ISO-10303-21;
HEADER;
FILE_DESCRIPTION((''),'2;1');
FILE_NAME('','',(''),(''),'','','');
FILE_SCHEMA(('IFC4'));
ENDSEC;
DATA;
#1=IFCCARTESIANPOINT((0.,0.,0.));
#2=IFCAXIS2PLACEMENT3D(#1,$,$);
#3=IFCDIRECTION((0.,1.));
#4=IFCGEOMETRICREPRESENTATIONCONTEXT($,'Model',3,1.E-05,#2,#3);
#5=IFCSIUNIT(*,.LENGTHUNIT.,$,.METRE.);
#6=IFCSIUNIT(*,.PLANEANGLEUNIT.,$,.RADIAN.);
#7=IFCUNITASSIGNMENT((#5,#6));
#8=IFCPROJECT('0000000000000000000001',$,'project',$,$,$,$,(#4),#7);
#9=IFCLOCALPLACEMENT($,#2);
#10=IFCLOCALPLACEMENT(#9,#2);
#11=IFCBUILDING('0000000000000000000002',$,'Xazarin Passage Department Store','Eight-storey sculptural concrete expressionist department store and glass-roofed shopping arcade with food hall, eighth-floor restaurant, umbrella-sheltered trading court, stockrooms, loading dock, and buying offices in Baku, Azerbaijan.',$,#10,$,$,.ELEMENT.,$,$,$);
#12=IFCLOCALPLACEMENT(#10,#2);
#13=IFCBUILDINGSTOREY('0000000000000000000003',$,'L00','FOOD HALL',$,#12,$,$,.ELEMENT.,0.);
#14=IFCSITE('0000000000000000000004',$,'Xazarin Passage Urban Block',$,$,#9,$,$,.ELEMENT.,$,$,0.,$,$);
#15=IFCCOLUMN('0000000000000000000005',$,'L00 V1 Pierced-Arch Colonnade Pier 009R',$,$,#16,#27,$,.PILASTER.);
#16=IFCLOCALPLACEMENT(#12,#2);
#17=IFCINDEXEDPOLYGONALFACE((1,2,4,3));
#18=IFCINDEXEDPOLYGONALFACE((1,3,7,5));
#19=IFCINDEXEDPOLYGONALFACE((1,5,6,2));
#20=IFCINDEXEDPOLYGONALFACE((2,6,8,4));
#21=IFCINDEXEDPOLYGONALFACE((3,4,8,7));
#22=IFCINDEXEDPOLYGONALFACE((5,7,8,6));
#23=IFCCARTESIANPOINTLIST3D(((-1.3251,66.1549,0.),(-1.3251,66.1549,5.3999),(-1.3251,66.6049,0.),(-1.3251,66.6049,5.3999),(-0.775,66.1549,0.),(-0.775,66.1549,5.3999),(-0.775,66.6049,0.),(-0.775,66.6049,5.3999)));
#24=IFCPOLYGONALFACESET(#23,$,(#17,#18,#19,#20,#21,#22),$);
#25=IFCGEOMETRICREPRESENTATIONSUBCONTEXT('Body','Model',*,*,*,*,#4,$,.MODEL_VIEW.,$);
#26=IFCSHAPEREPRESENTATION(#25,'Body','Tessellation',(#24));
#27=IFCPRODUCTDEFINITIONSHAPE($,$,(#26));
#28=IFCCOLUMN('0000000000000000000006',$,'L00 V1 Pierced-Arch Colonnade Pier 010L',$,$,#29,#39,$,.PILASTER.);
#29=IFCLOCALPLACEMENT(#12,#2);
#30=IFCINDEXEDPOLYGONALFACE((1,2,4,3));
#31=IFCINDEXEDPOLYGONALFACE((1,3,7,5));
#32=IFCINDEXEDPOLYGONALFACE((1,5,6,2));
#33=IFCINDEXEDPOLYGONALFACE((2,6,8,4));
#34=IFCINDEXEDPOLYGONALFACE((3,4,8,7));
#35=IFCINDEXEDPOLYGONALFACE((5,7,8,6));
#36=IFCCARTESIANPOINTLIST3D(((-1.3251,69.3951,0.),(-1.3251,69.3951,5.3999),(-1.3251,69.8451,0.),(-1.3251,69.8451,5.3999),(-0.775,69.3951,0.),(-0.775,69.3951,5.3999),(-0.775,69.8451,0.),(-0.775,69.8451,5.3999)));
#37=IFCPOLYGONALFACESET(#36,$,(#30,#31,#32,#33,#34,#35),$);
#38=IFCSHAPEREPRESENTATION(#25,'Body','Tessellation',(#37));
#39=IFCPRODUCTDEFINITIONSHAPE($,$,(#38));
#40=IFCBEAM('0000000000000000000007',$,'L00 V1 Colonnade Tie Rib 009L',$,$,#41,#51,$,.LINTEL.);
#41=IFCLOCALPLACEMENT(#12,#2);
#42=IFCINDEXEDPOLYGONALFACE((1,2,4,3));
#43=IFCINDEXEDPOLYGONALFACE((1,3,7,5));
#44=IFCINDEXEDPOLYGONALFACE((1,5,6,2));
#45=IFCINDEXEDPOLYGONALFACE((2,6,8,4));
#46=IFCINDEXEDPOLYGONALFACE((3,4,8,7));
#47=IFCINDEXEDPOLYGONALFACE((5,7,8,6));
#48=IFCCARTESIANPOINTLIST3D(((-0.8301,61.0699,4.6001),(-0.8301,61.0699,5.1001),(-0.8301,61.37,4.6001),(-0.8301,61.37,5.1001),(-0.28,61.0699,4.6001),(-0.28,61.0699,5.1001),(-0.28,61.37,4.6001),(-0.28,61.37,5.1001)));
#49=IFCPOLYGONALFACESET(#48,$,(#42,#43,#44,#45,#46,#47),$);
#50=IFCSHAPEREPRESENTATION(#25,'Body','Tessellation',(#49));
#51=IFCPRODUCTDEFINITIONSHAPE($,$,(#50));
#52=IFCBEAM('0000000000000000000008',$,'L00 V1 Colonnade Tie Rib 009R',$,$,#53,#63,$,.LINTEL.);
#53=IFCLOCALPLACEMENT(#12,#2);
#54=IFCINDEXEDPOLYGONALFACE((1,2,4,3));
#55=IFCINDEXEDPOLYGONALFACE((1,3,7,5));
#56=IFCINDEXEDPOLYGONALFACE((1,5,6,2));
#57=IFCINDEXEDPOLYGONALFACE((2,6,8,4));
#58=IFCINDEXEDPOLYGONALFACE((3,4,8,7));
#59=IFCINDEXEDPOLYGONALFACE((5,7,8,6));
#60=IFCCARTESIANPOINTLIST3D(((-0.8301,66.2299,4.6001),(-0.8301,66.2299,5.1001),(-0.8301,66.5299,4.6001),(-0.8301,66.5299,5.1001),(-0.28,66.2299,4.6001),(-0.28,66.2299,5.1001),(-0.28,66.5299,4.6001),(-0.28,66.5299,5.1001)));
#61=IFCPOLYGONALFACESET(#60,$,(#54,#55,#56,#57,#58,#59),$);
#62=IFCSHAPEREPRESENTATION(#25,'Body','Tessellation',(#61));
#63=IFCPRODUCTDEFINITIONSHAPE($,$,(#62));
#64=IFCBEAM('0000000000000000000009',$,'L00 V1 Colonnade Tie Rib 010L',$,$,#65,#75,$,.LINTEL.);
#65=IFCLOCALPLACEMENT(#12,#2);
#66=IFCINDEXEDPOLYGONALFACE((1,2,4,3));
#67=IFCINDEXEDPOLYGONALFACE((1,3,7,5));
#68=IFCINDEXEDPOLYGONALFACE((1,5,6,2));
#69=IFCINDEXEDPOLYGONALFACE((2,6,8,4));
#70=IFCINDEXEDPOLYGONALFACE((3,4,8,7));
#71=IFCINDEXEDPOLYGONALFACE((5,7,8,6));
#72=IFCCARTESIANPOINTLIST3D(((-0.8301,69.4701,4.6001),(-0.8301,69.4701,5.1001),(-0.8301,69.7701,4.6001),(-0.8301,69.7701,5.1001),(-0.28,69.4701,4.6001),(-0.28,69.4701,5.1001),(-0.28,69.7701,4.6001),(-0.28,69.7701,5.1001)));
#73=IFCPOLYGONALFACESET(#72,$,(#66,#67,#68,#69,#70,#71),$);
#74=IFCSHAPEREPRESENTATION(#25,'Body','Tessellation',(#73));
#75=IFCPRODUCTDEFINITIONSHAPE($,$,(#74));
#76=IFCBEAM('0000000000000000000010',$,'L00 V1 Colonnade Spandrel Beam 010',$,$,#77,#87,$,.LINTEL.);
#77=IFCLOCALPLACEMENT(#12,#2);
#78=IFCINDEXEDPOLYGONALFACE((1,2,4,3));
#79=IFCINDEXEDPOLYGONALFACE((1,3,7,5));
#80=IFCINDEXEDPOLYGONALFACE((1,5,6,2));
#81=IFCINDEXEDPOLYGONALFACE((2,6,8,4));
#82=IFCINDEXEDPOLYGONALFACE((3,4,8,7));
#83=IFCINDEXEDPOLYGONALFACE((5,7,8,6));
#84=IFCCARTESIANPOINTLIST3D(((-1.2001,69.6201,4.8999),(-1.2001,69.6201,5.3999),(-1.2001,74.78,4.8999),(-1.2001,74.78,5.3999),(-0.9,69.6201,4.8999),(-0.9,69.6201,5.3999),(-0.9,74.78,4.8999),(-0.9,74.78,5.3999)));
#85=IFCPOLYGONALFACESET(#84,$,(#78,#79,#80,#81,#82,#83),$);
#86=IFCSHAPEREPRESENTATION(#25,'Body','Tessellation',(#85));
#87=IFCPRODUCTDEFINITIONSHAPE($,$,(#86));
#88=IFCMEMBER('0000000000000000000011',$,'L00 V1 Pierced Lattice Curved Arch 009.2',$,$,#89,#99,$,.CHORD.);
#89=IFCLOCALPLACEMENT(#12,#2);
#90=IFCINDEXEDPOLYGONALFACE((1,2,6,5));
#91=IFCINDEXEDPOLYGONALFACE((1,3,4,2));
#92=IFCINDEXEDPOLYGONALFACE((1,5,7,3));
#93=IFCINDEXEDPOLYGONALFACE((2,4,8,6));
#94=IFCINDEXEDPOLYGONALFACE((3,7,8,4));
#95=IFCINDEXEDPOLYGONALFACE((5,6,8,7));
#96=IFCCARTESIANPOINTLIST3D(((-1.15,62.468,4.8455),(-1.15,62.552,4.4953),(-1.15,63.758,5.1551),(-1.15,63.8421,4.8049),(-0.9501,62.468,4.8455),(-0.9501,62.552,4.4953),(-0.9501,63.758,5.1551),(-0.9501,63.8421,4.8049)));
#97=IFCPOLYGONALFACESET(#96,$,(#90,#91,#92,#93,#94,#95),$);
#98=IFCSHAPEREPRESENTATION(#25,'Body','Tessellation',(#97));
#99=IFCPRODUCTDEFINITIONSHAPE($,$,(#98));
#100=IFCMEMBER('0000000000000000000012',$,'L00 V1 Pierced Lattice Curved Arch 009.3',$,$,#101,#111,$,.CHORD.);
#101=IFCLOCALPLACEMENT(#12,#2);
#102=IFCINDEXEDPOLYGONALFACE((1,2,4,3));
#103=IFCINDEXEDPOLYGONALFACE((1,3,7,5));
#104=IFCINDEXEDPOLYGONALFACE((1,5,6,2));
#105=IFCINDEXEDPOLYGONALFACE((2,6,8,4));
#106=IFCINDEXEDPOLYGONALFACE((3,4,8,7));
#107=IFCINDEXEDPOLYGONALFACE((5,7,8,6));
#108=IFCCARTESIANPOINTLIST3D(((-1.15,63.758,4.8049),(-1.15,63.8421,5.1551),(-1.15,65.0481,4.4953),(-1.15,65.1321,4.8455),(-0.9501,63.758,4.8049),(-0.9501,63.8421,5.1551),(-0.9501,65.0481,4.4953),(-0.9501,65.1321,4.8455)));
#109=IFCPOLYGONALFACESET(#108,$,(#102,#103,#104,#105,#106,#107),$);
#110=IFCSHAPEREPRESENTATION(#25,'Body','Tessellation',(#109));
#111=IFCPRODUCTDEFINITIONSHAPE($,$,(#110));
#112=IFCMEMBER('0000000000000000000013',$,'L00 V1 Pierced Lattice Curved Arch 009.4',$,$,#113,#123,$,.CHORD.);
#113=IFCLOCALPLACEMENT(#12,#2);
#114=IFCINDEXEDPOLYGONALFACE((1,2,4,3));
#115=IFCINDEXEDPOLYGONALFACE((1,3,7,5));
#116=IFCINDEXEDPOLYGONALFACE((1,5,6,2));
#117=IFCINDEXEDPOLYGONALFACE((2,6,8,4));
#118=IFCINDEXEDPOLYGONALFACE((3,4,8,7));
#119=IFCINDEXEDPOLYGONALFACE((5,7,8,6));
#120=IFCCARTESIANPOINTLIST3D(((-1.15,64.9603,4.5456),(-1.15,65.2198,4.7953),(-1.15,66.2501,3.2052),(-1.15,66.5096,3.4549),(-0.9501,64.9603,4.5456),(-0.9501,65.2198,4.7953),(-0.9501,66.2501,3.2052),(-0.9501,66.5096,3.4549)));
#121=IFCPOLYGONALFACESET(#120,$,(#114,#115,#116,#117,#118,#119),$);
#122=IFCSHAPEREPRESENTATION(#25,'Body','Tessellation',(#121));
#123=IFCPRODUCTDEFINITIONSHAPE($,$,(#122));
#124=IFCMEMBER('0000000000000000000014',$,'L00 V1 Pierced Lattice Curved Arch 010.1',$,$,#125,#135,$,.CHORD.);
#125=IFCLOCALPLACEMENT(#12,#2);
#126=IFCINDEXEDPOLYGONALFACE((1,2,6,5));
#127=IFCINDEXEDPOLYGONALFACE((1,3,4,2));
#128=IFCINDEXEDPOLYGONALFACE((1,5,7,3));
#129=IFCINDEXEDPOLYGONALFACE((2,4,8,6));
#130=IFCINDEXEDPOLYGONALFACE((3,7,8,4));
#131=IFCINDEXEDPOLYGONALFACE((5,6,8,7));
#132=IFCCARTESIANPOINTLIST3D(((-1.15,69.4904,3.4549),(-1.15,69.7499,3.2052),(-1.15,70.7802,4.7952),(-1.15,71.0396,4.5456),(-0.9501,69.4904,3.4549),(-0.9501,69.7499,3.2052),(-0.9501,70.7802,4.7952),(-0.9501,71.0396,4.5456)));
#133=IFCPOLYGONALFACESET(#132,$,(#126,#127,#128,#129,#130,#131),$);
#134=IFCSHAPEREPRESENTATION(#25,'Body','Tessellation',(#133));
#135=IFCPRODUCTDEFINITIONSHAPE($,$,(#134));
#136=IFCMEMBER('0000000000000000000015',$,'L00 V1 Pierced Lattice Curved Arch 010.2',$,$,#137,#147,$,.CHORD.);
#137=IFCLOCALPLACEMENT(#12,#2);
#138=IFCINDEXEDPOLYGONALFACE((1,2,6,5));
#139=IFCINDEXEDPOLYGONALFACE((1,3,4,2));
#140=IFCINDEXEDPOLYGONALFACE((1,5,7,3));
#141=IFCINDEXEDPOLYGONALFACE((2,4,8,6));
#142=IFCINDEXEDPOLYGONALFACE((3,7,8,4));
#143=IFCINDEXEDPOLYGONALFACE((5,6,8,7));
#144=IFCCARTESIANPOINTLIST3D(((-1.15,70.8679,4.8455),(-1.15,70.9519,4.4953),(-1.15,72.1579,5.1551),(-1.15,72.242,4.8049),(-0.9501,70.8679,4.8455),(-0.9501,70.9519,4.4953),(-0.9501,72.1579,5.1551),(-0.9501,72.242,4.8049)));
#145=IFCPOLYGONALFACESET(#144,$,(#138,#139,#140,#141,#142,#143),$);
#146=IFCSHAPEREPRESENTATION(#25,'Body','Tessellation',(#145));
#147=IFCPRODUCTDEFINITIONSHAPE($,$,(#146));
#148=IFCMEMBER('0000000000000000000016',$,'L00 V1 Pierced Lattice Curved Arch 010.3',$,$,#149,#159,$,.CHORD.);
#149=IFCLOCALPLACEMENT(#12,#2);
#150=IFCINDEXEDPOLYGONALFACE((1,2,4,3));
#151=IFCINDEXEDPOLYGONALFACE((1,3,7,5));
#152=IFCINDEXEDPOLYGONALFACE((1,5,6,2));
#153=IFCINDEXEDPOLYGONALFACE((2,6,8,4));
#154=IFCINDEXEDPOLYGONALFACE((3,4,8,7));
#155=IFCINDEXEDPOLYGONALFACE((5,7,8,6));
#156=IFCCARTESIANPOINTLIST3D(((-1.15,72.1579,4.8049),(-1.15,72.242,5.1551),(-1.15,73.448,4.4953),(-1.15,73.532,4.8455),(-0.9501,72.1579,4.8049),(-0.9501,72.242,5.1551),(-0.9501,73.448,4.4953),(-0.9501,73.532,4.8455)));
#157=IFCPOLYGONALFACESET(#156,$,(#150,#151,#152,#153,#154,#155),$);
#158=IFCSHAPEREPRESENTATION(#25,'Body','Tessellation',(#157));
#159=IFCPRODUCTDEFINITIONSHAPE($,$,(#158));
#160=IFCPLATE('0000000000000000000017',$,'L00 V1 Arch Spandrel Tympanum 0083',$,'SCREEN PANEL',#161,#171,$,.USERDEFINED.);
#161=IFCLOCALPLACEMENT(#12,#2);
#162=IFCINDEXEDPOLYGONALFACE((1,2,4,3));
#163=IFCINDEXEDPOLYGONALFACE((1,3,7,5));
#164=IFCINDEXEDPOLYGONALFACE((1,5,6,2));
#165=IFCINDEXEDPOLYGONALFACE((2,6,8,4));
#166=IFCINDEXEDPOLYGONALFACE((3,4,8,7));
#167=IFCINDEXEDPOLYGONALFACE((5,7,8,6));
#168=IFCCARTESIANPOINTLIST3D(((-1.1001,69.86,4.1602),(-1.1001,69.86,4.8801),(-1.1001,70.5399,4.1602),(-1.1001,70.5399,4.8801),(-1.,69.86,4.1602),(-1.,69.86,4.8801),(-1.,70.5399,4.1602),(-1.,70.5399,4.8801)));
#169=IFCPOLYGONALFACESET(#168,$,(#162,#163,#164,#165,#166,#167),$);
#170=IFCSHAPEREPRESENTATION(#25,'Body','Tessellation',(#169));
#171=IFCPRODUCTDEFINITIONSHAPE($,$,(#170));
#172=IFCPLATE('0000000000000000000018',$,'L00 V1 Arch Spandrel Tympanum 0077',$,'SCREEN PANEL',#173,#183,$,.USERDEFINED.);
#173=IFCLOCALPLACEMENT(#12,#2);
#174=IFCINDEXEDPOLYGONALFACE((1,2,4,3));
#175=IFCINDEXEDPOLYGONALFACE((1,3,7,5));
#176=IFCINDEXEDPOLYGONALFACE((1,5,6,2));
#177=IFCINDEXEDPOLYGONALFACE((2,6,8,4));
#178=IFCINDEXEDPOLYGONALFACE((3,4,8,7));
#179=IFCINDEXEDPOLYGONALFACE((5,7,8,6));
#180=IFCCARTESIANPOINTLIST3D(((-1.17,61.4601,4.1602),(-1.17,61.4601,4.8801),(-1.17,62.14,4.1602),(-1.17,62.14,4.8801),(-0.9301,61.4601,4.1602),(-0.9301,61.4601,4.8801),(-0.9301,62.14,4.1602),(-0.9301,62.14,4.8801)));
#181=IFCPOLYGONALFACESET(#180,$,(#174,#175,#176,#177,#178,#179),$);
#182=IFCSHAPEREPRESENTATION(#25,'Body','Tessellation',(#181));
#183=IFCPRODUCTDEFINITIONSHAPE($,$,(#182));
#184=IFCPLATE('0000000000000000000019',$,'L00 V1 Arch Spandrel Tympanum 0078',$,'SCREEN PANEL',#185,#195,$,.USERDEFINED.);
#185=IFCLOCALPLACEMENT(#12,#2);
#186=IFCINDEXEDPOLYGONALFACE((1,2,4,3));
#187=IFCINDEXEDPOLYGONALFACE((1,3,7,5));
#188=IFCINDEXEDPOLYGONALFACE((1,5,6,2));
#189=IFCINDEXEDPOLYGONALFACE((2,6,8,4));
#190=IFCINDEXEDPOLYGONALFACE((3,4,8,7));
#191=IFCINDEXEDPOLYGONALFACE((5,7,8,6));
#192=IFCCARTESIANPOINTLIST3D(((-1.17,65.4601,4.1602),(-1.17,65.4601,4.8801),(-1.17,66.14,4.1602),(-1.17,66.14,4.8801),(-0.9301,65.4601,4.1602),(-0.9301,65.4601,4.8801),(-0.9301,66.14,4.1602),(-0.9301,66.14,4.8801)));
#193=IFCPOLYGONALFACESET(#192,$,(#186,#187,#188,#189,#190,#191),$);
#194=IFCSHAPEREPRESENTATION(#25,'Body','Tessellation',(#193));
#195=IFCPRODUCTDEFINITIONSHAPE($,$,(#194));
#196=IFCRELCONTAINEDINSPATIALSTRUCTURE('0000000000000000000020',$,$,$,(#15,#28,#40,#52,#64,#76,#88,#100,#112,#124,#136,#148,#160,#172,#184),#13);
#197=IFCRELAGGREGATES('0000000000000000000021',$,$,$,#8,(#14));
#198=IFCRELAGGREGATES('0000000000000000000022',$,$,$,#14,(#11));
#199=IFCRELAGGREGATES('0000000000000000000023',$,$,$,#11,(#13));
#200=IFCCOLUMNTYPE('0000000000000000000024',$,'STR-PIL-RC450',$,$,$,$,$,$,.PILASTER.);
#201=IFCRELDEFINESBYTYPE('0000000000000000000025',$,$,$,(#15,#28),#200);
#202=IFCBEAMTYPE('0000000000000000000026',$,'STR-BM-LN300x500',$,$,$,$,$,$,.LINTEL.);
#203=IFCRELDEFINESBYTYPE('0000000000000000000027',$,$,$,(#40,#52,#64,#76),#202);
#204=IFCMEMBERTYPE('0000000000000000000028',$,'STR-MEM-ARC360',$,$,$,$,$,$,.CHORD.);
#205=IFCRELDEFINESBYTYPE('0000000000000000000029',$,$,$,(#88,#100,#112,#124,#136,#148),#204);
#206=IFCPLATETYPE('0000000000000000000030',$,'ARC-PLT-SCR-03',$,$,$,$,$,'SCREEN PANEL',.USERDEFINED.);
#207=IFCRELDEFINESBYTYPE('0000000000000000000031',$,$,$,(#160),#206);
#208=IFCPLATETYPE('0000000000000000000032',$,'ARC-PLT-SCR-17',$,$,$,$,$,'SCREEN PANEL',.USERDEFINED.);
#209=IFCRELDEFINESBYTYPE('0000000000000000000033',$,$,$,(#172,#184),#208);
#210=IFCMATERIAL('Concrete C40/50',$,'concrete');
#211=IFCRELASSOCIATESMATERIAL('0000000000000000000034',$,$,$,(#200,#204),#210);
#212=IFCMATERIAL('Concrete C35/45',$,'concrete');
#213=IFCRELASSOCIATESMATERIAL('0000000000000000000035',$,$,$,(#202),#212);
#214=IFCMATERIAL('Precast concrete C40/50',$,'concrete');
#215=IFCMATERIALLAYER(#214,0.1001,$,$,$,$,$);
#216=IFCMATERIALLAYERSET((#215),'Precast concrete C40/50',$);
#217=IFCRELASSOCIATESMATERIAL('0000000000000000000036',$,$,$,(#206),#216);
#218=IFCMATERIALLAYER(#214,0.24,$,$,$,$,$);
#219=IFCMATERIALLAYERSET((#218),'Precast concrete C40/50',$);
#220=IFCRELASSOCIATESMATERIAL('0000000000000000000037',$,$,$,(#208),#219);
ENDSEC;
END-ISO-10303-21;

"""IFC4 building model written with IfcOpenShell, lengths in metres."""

from ifc_helpers import new_model, si_unit, direction, frame, origin, origin_2d, place, context, subcontext, project, spatial, rectangle, extrude, material, layer, layer_set, material_profile, profile_set, type_object, element, save


model = new_model("IFC4")

# Units and contexts
model_context = context("Model", 3, precision=1e-05, world=origin(), true_north=direction((0.0, 1.0)))
body_context = subcontext(model_context, "Body", "Model", "MODEL_VIEW")
ifc_project = project(units=[si_unit("LENGTHUNIT", "METRE"), si_unit("PLANEANGLEUNIT", "RADIAN")], contexts=[model_context])

# Site, building, storey
site_placement = place(None, origin())
site = spatial("IfcSite", under=ifc_project, at=site_placement, Name="Xazarin Passage Urban Block", CompositionType="ELEMENT", RefElevation=0.0)
building_placement = place(site_placement, origin())
building = spatial("IfcBuilding", under=site, at=building_placement, Name="Xazarin Passage Department Store", Description="Eight-storey sculptural concrete expressionist department store and glass-roofed shopping arcade with food hall, eighth-floor restaurant, umbrella-sheltered trading court, stockrooms, loading dock, and buying offices in Baku, Azerbaijan.", CompositionType="ELEMENT")
storey_placement = place(building_placement, origin())
storey = spatial("IfcBuildingStorey", under=building, at=storey_placement, Name="L00", Description="FOOD HALL", CompositionType="ELEMENT", Elevation=0.0)

# Shared definitions
ifc_material_1 = material(Name="Concrete C35/45", Category="concrete")

# Columns
ifc_material_2 = material(Name="Concrete C40/50", Category="concrete")
ifc_material_profile_1 = material_profile(ifc_material_2, rectangle(XDim=0.45, YDim=0.55, at=origin_2d()), Name="RC 450x550")
ifc_profile_set_1 = profile_set([ifc_material_profile_1], Name="Concrete C40/50")
column_type = type_object("IfcColumnType", Name="STR-PIL-RC450", PredefinedType="PILASTER", material=ifc_profile_set_1)
for number, where, z_axis, x_axis, name in (
    (1, (-1.05, 66.3799, 0.0), (0.0, 0.0, 1.0), (0.0, 1.0, 0.0), "L00 V1 Pierced-Arch Colonnade Pier 009R"),
    (2, (-1.05, 69.6201, 0.0), (0.0, 0.0, 1.0), (0.0, 1.0, 0.0), "L00 V1 Pierced-Arch Colonnade Pier 010L"),
):
    element("IfcColumn", number, at=place(storey_placement, frame(where, z_axis=z_axis, x_axis=x_axis)), inside=storey, type_object=column_type, Name=name, PredefinedType="PILASTER", context=body_context, shape_type="SweptSolid", body=[
        extrude(rectangle(XDim=0.45, YDim=0.55, at=origin_2d()), origin(), (0.0, 0.0, 1.0), 5.3999),
    ])

# Beams
ifc_material_profile_2 = material_profile(ifc_material_1, rectangle(XDim=0.3, YDim=0.5, at=origin_2d()), Name="RC 300x500")
ifc_profile_set_2 = profile_set([ifc_material_profile_2], Name="Concrete C35/45")
beam_type = type_object("IfcBeamType", Name="STR-BM-LN300x500", PredefinedType="LINTEL", material=ifc_profile_set_2)
for number, where, z_axis, x_axis, name in (
    (3, (-0.28, 61.22, 4.8501), (-1.0, 0.0, 0.0), (0.0, -1.0, 0.0), "L00 V1 Colonnade Tie Rib 009L"),
    (4, (-0.28, 66.3799, 4.8501), (-1.0, 0.0, 0.0), (0.0, -1.0, 0.0), "L00 V1 Colonnade Tie Rib 009R"),
    (5, (-0.28, 69.6201, 4.8501), (-1.0, 0.0, 0.0), (0.0, -1.0, 0.0), "L00 V1 Colonnade Tie Rib 010L"),
):
    element("IfcBeam", number, at=place(storey_placement, frame(where, z_axis=z_axis, x_axis=x_axis)), inside=storey, type_object=beam_type, Name=name, PredefinedType="LINTEL", context=body_context, shape_type="SweptSolid", body=[
        extrude(rectangle(XDim=0.3, YDim=0.5, at=origin_2d()), origin(), (0.0, 0.0, 1.0), 0.55),
    ])
beam_placement = place(storey_placement, frame((-1.05, 69.6201, 5.1499), z_axis=(0.0, 1.0, 0.0), x_axis=(-1.0, 0.0, 0.0)))
element("IfcBeam", 6, at=beam_placement, inside=storey, type_object=beam_type, Name="L00 V1 Colonnade Spandrel Beam 010", PredefinedType="LINTEL", context=body_context, shape_type="SweptSolid", body=[
    extrude(rectangle(XDim=0.3, YDim=0.5, at=origin_2d()), origin(), (0.0, 0.0, 1.0), 5.1599),
])

# Members
ifc_material_profile_3 = material_profile(ifc_material_2, rectangle(XDim=0.2, YDim=0.3601, at=origin_2d()), Name="RC 200x360")
ifc_profile_set_3 = profile_set([ifc_material_profile_3], Name="Concrete C40/50")
member_type = type_object("IfcMemberType", Name="STR-MEM-ARC360", PredefinedType="CHORD", material=ifc_profile_set_3)
for number, where, z_axis, x_axis, name in (
    (7, (-1.05, 62.51, 4.6704), (0.0, 0.972394, 0.233345), (-1.0, 0.0, 0.0), "L00 V1 Pierced Lattice Curved Arch 009.2"),
    (8, (-1.05, 63.8, 4.98), (0.0, 0.972394, -0.233345), (-1.0, 0.0, 0.0), "L00 V1 Pierced Lattice Curved Arch 009.3"),
):
    element("IfcMember", number, at=place(storey_placement, frame(where, z_axis=z_axis, x_axis=x_axis)), inside=storey, type_object=member_type, Name=name, PredefinedType="CHORD", context=body_context, shape_type="SweptSolid", body=[
        extrude(rectangle(XDim=0.2, YDim=0.3601, at=origin_2d()), origin(), (0.0, 0.0, 1.0), 1.3267),
    ])
for number, where, z_axis, x_axis, name in (
    (9, (-1.05, 65.0901, 4.6704), (0.0, 0.693392, -0.720561), (-1.0, 0.0, 0.0), "L00 V1 Pierced Lattice Curved Arch 009.4"),
    (10, (-1.05, 69.6201, 3.3301), (0.0, 0.693392, 0.720561), (-1.0, 0.0, 0.0), "L00 V1 Pierced Lattice Curved Arch 010.1"),
):
    element("IfcMember", number, at=place(storey_placement, frame(where, z_axis=z_axis, x_axis=x_axis)), inside=storey, type_object=member_type, Name=name, PredefinedType="CHORD", context=body_context, shape_type="SweptSolid", body=[
        extrude(rectangle(XDim=0.2, YDim=0.3601, at=origin_2d()), origin(), (0.0, 0.0, 1.0), 1.8601),
    ])
for number, where, z_axis, x_axis, name in (
    (11, (-1.05, 70.9099, 4.6704), (0.0, 0.972394, 0.233345), (-1.0, 0.0, 0.0), "L00 V1 Pierced Lattice Curved Arch 010.2"),
    (12, (-1.05, 72.2, 4.98), (0.0, 0.972394, -0.233345), (-1.0, 0.0, 0.0), "L00 V1 Pierced Lattice Curved Arch 010.3"),
):
    element("IfcMember", number, at=place(storey_placement, frame(where, z_axis=z_axis, x_axis=x_axis)), inside=storey, type_object=member_type, Name=name, PredefinedType="CHORD", context=body_context, shape_type="SweptSolid", body=[
        extrude(rectangle(XDim=0.2, YDim=0.3601, at=origin_2d()), origin(), (0.0, 0.0, 1.0), 1.3267),
    ])

# Plates
ifc_material_3 = material(Name="Precast concrete C40/50", Category="concrete")
ifc_layer_1 = layer(ifc_material_3, 0.1001)
ifc_layer_set_1 = layer_set([ifc_layer_1], Name="Precast concrete C40/50")
plate_type_1 = type_object("IfcPlateType", Name="ARC-PLT-SCR-03", ElementType="SCREEN PANEL", PredefinedType="USERDEFINED", material=ifc_layer_set_1)
plate_placement = place(storey_placement, frame((-1.05, 70.2, 4.1602), z_axis=(0.0, 0.0, 1.0), x_axis=(0.0, 1.0, 0.0)))
element("IfcPlate", 13, at=plate_placement, inside=storey, type_object=plate_type_1, Name="L00 V1 Arch Spandrel Tympanum 0083", ObjectType="SCREEN PANEL", PredefinedType="USERDEFINED", context=body_context, shape_type="SweptSolid", body=[
    extrude(rectangle(XDim=0.6799, YDim=0.1001, at=origin_2d()), origin(), (0.0, 0.0, 1.0), 0.72),
])
ifc_layer_2 = layer(ifc_material_3, 0.24)
ifc_layer_set_2 = layer_set([ifc_layer_2], Name="Precast concrete C40/50")
plate_type_2 = type_object("IfcPlateType", Name="ARC-PLT-SCR-17", ElementType="SCREEN PANEL", PredefinedType="USERDEFINED", material=ifc_layer_set_2)
for number, where, z_axis, x_axis, name in (
    (14, (-1.05, 61.8, 4.1602), (0.0, 0.0, 1.0), (0.0, 1.0, 0.0), "L00 V1 Arch Spandrel Tympanum 0077"),
    (15, (-1.05, 65.8, 4.1602), (0.0, 0.0, 1.0), (0.0, 1.0, 0.0), "L00 V1 Arch Spandrel Tympanum 0078"),
):
    element("IfcPlate", number, at=place(storey_placement, frame(where, z_axis=z_axis, x_axis=x_axis)), inside=storey, type_object=plate_type_2, Name=name, ObjectType="SCREEN PANEL", PredefinedType="USERDEFINED", context=body_context, shape_type="SweptSolid", body=[
        extrude(rectangle(XDim=0.6799, YDim=0.24, at=origin_2d()), origin(), (0.0, 0.0, 1.0), 0.72),
    ])

save(model, "model.ifc")
